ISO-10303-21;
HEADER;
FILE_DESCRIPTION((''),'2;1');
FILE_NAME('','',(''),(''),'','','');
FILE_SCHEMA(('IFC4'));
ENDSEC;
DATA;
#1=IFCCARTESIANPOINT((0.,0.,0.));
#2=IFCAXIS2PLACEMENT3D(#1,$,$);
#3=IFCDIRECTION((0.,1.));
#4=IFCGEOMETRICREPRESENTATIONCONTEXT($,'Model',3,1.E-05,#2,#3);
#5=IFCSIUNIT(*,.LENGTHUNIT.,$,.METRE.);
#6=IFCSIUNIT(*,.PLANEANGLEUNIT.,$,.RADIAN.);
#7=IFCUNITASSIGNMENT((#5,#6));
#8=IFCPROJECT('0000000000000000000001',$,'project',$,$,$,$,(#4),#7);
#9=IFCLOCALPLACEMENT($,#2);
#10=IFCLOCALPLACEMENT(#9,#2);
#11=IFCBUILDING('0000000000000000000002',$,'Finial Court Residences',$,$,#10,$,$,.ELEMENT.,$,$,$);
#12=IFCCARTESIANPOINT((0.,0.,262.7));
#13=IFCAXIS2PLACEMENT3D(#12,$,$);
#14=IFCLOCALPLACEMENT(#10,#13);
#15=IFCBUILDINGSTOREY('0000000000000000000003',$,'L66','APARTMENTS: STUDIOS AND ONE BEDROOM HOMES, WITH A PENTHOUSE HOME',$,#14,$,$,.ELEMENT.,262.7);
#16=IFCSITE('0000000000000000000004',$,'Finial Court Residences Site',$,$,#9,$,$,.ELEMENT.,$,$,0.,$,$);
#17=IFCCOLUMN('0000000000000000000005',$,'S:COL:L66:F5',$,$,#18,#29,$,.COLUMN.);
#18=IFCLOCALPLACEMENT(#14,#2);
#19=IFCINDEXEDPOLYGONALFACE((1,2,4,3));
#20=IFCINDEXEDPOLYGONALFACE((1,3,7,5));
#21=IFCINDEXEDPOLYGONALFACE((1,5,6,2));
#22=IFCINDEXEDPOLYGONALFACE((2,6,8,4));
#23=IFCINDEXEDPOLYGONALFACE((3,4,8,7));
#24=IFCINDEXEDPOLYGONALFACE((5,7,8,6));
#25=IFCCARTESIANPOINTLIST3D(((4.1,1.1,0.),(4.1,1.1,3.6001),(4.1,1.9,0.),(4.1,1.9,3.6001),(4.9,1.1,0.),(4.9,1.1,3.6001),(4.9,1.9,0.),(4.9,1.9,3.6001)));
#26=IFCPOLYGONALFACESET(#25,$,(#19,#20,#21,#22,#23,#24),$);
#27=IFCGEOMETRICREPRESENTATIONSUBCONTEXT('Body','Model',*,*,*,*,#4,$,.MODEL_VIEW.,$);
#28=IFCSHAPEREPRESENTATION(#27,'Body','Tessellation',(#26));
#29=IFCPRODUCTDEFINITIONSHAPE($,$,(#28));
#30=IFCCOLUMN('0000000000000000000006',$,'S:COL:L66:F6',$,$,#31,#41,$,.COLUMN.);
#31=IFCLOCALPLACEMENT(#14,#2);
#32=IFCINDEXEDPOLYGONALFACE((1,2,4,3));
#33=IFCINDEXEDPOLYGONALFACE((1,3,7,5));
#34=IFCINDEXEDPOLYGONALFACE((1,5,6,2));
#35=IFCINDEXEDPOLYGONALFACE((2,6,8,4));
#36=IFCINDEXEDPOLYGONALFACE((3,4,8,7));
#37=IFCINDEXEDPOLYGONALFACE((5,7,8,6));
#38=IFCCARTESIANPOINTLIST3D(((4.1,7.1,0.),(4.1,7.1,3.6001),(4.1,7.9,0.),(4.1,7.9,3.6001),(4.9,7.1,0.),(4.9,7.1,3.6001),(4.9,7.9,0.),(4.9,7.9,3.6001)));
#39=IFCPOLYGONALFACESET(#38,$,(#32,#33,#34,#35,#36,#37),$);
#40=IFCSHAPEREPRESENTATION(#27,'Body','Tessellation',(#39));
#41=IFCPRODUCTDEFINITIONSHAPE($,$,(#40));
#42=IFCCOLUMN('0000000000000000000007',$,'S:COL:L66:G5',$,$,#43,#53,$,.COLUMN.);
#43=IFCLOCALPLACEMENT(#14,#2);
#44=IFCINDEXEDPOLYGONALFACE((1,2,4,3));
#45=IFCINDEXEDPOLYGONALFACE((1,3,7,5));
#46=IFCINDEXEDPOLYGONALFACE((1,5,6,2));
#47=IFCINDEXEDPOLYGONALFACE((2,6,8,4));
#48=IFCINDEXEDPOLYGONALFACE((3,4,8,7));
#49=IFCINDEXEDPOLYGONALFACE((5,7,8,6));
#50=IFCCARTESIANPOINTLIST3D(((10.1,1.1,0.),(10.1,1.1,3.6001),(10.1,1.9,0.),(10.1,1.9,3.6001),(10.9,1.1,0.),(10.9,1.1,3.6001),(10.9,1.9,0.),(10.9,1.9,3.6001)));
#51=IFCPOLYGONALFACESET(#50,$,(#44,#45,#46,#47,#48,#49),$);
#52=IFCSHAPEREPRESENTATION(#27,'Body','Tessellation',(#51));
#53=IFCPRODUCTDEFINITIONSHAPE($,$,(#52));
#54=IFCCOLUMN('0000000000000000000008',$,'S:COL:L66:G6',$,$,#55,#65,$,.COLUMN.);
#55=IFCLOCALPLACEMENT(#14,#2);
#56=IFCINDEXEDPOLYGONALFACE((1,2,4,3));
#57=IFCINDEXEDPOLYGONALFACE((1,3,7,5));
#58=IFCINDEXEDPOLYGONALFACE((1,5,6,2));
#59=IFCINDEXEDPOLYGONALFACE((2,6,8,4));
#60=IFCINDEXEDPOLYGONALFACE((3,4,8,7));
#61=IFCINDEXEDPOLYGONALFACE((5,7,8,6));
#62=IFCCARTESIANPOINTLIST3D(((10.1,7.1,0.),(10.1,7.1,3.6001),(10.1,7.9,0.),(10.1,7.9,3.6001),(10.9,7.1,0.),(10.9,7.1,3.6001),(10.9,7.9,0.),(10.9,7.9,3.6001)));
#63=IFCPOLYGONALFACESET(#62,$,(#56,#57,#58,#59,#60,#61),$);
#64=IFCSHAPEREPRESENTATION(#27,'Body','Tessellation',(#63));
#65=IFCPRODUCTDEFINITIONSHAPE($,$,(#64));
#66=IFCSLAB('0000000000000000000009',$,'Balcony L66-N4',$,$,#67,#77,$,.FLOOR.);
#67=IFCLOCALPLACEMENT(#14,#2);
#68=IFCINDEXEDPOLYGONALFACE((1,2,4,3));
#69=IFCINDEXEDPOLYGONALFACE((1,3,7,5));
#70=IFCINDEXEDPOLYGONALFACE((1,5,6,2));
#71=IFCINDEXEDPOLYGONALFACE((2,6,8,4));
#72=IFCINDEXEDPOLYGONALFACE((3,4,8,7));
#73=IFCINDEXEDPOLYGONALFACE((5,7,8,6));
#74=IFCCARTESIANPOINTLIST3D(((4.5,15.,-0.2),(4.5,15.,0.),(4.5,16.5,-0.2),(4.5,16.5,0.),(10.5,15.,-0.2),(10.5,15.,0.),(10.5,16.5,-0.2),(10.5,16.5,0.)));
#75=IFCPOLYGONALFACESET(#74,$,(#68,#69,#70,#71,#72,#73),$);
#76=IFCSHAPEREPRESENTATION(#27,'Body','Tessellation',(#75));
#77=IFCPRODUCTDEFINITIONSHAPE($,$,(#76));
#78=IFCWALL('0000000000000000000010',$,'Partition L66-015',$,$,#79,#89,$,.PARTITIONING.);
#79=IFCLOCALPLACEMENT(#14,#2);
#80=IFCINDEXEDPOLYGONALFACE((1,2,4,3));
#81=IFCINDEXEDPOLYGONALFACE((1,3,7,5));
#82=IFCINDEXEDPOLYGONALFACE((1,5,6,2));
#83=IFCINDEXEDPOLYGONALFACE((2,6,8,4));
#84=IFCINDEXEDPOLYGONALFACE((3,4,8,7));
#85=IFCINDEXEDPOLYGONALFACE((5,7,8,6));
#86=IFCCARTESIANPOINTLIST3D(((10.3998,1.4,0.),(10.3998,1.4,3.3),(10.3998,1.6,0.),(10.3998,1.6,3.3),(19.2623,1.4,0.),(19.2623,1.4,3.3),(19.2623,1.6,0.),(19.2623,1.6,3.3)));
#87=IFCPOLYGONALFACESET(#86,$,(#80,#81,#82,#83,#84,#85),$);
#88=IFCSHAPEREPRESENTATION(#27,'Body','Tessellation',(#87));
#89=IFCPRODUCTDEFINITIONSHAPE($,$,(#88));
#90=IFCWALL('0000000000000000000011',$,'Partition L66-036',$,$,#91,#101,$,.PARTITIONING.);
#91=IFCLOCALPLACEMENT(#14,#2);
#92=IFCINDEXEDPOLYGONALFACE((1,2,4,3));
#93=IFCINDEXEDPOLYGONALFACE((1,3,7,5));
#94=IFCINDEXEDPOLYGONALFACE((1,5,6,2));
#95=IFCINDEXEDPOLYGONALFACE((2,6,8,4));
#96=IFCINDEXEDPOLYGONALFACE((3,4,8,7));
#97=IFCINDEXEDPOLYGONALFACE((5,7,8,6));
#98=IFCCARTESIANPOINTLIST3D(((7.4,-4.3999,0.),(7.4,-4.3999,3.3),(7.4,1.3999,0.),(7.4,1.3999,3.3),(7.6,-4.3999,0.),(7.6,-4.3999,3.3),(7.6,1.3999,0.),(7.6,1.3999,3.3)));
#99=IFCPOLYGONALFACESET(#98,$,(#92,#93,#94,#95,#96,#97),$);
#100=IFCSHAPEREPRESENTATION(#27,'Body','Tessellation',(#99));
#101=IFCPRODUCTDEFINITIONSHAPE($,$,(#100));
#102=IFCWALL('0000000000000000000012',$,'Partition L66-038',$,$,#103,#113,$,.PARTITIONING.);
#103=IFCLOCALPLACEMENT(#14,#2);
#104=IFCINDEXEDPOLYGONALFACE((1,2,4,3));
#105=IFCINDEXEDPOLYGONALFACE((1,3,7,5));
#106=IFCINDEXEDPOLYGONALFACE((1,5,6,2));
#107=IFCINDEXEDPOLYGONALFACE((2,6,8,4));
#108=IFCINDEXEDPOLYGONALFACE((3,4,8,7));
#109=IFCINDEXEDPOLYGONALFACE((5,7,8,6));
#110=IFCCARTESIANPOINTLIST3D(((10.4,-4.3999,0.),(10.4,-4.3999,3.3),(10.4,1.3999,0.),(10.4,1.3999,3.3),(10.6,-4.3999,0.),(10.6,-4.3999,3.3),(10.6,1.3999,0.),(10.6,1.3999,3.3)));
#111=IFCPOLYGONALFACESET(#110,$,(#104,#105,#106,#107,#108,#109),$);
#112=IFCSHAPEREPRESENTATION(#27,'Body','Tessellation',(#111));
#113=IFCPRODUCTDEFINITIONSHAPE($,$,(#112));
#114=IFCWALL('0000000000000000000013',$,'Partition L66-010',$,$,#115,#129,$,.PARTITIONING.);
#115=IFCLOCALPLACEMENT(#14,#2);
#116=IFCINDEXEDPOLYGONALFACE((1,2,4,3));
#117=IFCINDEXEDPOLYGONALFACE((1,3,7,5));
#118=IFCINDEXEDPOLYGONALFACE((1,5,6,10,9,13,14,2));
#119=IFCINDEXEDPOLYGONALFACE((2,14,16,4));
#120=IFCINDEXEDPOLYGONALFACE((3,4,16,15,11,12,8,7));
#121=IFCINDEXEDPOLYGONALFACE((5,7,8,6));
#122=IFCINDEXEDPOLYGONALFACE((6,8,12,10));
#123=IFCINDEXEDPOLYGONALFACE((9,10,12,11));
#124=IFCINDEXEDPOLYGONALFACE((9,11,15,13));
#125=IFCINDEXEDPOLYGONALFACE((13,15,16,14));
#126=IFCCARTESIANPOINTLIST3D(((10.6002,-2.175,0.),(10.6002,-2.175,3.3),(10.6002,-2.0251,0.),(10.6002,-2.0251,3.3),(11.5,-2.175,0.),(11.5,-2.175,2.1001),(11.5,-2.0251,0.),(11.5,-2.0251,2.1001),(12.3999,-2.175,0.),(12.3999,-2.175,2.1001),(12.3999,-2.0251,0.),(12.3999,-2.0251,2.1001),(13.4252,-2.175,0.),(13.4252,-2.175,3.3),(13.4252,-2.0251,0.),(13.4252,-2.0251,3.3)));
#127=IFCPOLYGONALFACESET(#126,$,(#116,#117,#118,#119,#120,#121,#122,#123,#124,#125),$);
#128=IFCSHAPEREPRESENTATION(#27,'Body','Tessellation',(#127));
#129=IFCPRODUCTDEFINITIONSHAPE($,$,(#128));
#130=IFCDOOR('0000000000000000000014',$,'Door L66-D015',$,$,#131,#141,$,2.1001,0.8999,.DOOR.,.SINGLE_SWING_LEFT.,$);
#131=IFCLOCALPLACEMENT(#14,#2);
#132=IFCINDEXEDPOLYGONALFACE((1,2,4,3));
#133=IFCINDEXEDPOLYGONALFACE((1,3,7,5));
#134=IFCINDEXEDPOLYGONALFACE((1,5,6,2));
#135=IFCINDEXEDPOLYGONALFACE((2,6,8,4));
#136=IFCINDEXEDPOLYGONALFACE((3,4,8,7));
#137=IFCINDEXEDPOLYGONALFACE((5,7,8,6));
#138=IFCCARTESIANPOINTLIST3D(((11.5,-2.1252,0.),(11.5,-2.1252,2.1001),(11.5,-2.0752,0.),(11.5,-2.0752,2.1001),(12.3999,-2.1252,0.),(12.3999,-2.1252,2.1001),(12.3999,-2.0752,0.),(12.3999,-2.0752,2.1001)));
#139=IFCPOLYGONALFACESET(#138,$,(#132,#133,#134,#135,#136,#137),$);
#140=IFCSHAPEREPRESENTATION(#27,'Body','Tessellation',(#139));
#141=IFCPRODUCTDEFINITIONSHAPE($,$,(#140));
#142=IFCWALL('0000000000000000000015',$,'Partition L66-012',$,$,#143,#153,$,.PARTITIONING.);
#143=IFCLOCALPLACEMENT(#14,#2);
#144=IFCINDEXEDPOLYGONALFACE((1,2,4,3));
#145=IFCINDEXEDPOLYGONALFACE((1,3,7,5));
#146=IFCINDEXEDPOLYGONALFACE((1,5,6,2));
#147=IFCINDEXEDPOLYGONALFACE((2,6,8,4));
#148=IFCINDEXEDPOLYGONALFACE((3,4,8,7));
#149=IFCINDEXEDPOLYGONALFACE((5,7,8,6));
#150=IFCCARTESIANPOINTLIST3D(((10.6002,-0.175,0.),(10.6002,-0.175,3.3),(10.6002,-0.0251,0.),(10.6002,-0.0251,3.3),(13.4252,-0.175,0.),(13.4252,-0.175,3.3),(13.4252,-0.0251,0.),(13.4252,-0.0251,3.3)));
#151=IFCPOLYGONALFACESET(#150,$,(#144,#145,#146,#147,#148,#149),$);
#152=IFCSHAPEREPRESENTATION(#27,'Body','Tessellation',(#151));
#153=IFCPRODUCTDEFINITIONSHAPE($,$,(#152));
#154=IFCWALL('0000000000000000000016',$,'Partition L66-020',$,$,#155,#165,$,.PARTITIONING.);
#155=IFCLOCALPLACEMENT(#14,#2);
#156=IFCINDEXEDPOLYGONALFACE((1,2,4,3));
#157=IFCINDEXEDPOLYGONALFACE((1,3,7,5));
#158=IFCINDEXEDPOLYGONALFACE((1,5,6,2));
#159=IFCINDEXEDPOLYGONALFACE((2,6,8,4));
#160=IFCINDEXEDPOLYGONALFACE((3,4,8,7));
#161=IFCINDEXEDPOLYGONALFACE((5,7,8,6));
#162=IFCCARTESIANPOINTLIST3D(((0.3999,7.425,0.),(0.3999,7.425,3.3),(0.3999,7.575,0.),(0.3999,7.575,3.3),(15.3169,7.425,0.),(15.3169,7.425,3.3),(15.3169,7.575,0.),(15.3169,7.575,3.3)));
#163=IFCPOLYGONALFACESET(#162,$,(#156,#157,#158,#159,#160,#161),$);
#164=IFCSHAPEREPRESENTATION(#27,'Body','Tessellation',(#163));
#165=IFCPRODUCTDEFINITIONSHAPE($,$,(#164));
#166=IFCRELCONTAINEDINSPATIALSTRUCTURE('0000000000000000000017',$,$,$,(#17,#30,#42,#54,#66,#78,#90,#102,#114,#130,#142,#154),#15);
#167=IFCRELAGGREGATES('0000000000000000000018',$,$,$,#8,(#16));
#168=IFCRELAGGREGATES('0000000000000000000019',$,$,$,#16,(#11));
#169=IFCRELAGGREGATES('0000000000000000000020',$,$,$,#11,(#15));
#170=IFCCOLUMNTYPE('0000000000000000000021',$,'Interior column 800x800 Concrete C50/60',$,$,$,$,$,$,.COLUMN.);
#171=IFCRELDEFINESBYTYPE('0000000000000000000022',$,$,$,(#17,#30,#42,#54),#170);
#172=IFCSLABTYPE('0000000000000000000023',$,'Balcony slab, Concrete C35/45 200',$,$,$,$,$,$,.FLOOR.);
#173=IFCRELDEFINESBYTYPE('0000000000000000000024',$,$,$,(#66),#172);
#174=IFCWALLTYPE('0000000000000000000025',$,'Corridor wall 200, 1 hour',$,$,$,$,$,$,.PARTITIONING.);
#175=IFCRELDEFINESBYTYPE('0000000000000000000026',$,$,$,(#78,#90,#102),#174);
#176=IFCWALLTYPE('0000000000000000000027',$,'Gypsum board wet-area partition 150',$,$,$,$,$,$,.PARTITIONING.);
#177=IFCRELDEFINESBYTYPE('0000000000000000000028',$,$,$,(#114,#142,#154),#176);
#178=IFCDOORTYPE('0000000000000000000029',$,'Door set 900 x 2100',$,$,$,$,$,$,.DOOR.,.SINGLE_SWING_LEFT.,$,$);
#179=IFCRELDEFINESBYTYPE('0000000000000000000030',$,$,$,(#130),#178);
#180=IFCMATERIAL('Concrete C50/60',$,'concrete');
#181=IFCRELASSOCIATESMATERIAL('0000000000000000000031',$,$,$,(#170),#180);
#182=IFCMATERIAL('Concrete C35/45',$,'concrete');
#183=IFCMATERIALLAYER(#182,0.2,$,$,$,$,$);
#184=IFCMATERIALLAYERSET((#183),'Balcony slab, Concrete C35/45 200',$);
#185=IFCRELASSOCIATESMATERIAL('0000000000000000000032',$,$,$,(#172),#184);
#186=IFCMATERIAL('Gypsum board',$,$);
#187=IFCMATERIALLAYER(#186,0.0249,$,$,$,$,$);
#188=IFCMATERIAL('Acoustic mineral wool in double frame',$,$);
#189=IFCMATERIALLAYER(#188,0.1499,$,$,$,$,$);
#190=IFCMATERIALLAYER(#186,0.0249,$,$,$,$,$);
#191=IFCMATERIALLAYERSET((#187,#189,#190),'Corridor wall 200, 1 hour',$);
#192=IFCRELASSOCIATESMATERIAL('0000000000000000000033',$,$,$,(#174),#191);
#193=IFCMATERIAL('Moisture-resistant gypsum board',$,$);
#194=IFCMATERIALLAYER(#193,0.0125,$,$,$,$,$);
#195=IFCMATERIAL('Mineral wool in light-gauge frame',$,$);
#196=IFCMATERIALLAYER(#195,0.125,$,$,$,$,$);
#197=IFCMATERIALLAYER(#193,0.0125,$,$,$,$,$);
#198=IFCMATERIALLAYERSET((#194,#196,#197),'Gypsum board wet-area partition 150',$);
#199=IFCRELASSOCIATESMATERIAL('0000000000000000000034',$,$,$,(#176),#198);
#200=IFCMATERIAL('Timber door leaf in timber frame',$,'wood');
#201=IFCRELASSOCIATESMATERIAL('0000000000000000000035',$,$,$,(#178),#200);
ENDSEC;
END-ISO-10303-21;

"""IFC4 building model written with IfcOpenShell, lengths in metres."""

from ifc_helpers import new_model, si_unit, direction, frame, frame_2d, origin, origin_2d, place, context, subcontext, project, spatial, polyline, rectangle, outline, extrude, material, layer, layer_set, material_profile, profile_set, type_object, element, fill, save


model = new_model("IFC4")

# Units and contexts
model_context = context("Model", 3, precision=1e-05, world=origin(), true_north=direction((0.0, 1.0)))
body_context = subcontext(model_context, "Body", "Model", "MODEL_VIEW")
ifc_project = project(units=[si_unit("LENGTHUNIT", "METRE"), si_unit("PLANEANGLEUNIT", "RADIAN")], contexts=[model_context])

# Site, building, storey
site_placement = place(None, origin())
site = spatial("IfcSite", under=ifc_project, at=site_placement, Name="Finial Court Residences Site", CompositionType="ELEMENT", RefElevation=0.0)
building_placement = place(site_placement, origin())
building = spatial("IfcBuilding", under=site, at=building_placement, Name="Finial Court Residences", CompositionType="ELEMENT")
storey_placement = place(building_placement, frame((0.0, 0.0, 262.7)))
storey = spatial("IfcBuildingStorey", under=building, at=storey_placement, Name="L66", Description="APARTMENTS: STUDIOS AND ONE BEDROOM HOMES, WITH A PENTHOUSE HOME", CompositionType="ELEMENT", Elevation=262.7)

# Columns
ifc_material_1 = material(Name="Concrete C50/60", Category="concrete")
ifc_material_profile = material_profile(ifc_material_1, rectangle(XDim=0.8, YDim=0.8, at=origin_2d()), Name="800x800")
ifc_profile_set = profile_set([ifc_material_profile], Name="Concrete C50/60")
column_type = type_object("IfcColumnType", Name="Interior column 800x800 Concrete C50/60", PredefinedType="COLUMN", material=ifc_profile_set)
for number, where, z_axis, x_axis, name in (
    (1, (4.5, 1.5, 0.0), (0.0, 0.0, 1.0), (1.0, 0.0, 0.0), "S:COL:L66:F5"),
    (2, (4.5, 7.5, 0.0), (0.0, 0.0, 1.0), (1.0, 0.0, 0.0), "S:COL:L66:F6"),
    (3, (10.5, 1.5, 0.0), (0.0, 0.0, 1.0), (1.0, 0.0, 0.0), "S:COL:L66:G5"),
    (4, (10.5, 7.5, 0.0), (0.0, 0.0, 1.0), (1.0, 0.0, 0.0), "S:COL:L66:G6"),
):
    element("IfcColumn", number, at=place(storey_placement, frame(where, z_axis=z_axis, x_axis=x_axis)), inside=storey, type_object=column_type, Name=name, PredefinedType="COLUMN", context=body_context, shape_type="SweptSolid", body=[
        extrude(rectangle(XDim=0.8, YDim=0.8, at=origin_2d()), origin(), (0.0, 0.0, 1.0), 3.6001),
    ])

# Slab
ifc_material_2 = material(Name="Concrete C35/45", Category="concrete")
ifc_layer_1 = layer(ifc_material_2, 0.2)
ifc_layer_set_1 = layer_set([ifc_layer_1], Name="Balcony slab, Concrete C35/45 200")
slab_type = type_object("IfcSlabType", Name="Balcony slab, Concrete C35/45 200", PredefinedType="FLOOR", material=ifc_layer_set_1)
slab_placement = place(storey_placement, frame((0.0, 0.0, -0.2)))
element("IfcSlab", 5, at=slab_placement, inside=storey, type_object=slab_type, Name="Balcony L66-N4", PredefinedType="FLOOR", context=body_context, shape_type="SweptSolid", body=[
    extrude(outline(polyline([(10.5, 15.0), (10.5, 16.5), (4.5, 16.5), (4.5, 15.0), (10.5, 15.0)])), origin(), (0.0, 0.0, 1.0), 0.2),
])

# Walls
ifc_material_3 = material(Name="Gypsum board")
ifc_layer_2 = layer(ifc_material_3, 0.0249)
ifc_material_4 = material(Name="Acoustic mineral wool in double frame")
ifc_layer_3 = layer(ifc_material_4, 0.1499)
ifc_layer_4 = layer(ifc_material_3, 0.0249)
ifc_layer_set_2 = layer_set([ifc_layer_2, ifc_layer_3, ifc_layer_4], Name="Corridor wall 200, 1 hour")
wall_type_1 = type_object("IfcWallType", Name="Corridor wall 200, 1 hour", PredefinedType="PARTITIONING", material=ifc_layer_set_2)
wall_1_placement = place(storey_placement, frame((10.3999, 1.5, 0.0), z_axis=(0.0, 0.0, 1.0), x_axis=(1.0, 0.0, 0.0)))
element("IfcWall", 6, at=wall_1_placement, inside=storey, type_object=wall_type_1, Name="Partition L66-015", PredefinedType="PARTITIONING", context=body_context, shape_type="SweptSolid", body=[
    extrude(rectangle(XDim=8.8625, YDim=0.2, at=frame_2d((4.4312, 0.0))), origin(), (0.0, 0.0, 1.0), 3.3),
])
for number, where, z_axis, x_axis, name in (
    (7, (7.5, -4.3999, 0.0), (0.0, 0.0, 1.0), (0.0, 1.0, 0.0), "Partition L66-036"),
    (8, (10.5, -4.3999, 0.0), (0.0, 0.0, 1.0), (0.0, 1.0, 0.0), "Partition L66-038"),
):
    element("IfcWall", number, at=place(storey_placement, frame(where, z_axis=z_axis, x_axis=x_axis)), inside=storey, type_object=wall_type_1, Name=name, PredefinedType="PARTITIONING", context=body_context, shape_type="SweptSolid", body=[
        extrude(rectangle(XDim=5.7998, YDim=0.2, at=frame_2d((2.8999, 0.0))), origin(), (0.0, 0.0, 1.0), 3.3),
    ])

# Wall, opening, door
ifc_material_5 = material(Name="Moisture-resistant gypsum board")
ifc_layer_5 = layer(ifc_material_5, 0.0125)
ifc_material_6 = material(Name="Mineral wool in light-gauge frame")
ifc_layer_6 = layer(ifc_material_6, 0.125)
ifc_layer_7 = layer(ifc_material_5, 0.0125)
ifc_layer_set_3 = layer_set([ifc_layer_5, ifc_layer_6, ifc_layer_7], Name="Gypsum board wet-area partition 150")
wall_type_2 = type_object("IfcWallType", Name="Gypsum board wet-area partition 150", PredefinedType="PARTITIONING", material=ifc_layer_set_3)
wall_2_placement = place(storey_placement, frame((10.6001, -2.1001, 0.0), z_axis=(0.0, 0.0, 1.0), x_axis=(1.0, 0.0, 0.0)))
wall_2 = element("IfcWall", 9, at=wall_2_placement, inside=storey, type_object=wall_type_2, Name="Partition L66-010", PredefinedType="PARTITIONING", context=body_context, shape_type="SweptSolid", body=[
    extrude(rectangle(XDim=2.825, YDim=0.1499, at=frame_2d((1.4126, 0.0))), origin(), (0.0, 0.0, 1.0), 3.3),
])
opening_1_placement = place(wall_2_placement, frame((0.8999, 0.0, 0.0)))
opening_1 = element("IfcOpeningElement", 10, at=opening_1_placement, cuts=wall_2, PredefinedType="OPENING", context=body_context, shape_type="SweptSolid", body=[
    extrude(rectangle(XDim=0.8999, YDim=2.1001, at=frame_2d((0.45, 1.05))), frame((0.0, 0.085, 0.0), z_axis=(0.0, -1.0, 0.0), x_axis=(1.0, 0.0, 0.0)), (0.0, 0.0, 1.0), 0.1699),
])
ifc_material_7 = material(Name="Timber door leaf in timber frame", Category="wood")
door_type = type_object("IfcDoorType", Name="Door set 900 x 2100", OperationType="SINGLE_SWING_LEFT", PredefinedType="DOOR", material=ifc_material_7)
door_1_placement = place(opening_1_placement, origin())
door_1 = element("IfcDoor", 11, at=door_1_placement, inside=storey, type_object=door_type, Name="Door L66-D015", OperationType="SINGLE_SWING_LEFT", OverallHeight=2.1001, OverallWidth=0.8999, PredefinedType="DOOR", context=body_context, shape_type="SweptSolid", body=[
    extrude(rectangle(XDim=0.8999, YDim=2.1001, at=frame_2d((0.45, 1.05))), frame((0.0, 0.0249, 0.0), z_axis=(0.0, -1.0, 0.0), x_axis=(1.0, 0.0, 0.0)), (0.0, 0.0, 1.0), 0.05),
])
fill(opening_1, door_1)

# Walls
wall_3_placement = place(storey_placement, frame((10.6001, -0.1001, 0.0), z_axis=(0.0, 0.0, 1.0), x_axis=(1.0, 0.0, 0.0)))
element("IfcWall", 12, at=wall_3_placement, inside=storey, type_object=wall_type_2, Name="Partition L66-012", PredefinedType="PARTITIONING", context=body_context, shape_type="SweptSolid", body=[
    extrude(rectangle(XDim=2.825, YDim=0.1499, at=frame_2d((1.4126, 0.0))), origin(), (0.0, 0.0, 1.0), 3.3),
])
wall_4_placement = place(storey_placement, frame((0.3999, 7.5, 0.0), z_axis=(0.0, 0.0, 1.0), x_axis=(1.0, 0.0, 0.0)))
element("IfcWall", 13, at=wall_4_placement, inside=storey, type_object=wall_type_2, Name="Partition L66-020", PredefinedType="PARTITIONING", context=body_context, shape_type="SweptSolid", body=[
    extrude(rectangle(XDim=14.917, YDim=0.1499, at=frame_2d((7.4585, 0.0))), origin(), (0.0, 0.0, 1.0), 3.3),
])

save(model, "model.ifc")
